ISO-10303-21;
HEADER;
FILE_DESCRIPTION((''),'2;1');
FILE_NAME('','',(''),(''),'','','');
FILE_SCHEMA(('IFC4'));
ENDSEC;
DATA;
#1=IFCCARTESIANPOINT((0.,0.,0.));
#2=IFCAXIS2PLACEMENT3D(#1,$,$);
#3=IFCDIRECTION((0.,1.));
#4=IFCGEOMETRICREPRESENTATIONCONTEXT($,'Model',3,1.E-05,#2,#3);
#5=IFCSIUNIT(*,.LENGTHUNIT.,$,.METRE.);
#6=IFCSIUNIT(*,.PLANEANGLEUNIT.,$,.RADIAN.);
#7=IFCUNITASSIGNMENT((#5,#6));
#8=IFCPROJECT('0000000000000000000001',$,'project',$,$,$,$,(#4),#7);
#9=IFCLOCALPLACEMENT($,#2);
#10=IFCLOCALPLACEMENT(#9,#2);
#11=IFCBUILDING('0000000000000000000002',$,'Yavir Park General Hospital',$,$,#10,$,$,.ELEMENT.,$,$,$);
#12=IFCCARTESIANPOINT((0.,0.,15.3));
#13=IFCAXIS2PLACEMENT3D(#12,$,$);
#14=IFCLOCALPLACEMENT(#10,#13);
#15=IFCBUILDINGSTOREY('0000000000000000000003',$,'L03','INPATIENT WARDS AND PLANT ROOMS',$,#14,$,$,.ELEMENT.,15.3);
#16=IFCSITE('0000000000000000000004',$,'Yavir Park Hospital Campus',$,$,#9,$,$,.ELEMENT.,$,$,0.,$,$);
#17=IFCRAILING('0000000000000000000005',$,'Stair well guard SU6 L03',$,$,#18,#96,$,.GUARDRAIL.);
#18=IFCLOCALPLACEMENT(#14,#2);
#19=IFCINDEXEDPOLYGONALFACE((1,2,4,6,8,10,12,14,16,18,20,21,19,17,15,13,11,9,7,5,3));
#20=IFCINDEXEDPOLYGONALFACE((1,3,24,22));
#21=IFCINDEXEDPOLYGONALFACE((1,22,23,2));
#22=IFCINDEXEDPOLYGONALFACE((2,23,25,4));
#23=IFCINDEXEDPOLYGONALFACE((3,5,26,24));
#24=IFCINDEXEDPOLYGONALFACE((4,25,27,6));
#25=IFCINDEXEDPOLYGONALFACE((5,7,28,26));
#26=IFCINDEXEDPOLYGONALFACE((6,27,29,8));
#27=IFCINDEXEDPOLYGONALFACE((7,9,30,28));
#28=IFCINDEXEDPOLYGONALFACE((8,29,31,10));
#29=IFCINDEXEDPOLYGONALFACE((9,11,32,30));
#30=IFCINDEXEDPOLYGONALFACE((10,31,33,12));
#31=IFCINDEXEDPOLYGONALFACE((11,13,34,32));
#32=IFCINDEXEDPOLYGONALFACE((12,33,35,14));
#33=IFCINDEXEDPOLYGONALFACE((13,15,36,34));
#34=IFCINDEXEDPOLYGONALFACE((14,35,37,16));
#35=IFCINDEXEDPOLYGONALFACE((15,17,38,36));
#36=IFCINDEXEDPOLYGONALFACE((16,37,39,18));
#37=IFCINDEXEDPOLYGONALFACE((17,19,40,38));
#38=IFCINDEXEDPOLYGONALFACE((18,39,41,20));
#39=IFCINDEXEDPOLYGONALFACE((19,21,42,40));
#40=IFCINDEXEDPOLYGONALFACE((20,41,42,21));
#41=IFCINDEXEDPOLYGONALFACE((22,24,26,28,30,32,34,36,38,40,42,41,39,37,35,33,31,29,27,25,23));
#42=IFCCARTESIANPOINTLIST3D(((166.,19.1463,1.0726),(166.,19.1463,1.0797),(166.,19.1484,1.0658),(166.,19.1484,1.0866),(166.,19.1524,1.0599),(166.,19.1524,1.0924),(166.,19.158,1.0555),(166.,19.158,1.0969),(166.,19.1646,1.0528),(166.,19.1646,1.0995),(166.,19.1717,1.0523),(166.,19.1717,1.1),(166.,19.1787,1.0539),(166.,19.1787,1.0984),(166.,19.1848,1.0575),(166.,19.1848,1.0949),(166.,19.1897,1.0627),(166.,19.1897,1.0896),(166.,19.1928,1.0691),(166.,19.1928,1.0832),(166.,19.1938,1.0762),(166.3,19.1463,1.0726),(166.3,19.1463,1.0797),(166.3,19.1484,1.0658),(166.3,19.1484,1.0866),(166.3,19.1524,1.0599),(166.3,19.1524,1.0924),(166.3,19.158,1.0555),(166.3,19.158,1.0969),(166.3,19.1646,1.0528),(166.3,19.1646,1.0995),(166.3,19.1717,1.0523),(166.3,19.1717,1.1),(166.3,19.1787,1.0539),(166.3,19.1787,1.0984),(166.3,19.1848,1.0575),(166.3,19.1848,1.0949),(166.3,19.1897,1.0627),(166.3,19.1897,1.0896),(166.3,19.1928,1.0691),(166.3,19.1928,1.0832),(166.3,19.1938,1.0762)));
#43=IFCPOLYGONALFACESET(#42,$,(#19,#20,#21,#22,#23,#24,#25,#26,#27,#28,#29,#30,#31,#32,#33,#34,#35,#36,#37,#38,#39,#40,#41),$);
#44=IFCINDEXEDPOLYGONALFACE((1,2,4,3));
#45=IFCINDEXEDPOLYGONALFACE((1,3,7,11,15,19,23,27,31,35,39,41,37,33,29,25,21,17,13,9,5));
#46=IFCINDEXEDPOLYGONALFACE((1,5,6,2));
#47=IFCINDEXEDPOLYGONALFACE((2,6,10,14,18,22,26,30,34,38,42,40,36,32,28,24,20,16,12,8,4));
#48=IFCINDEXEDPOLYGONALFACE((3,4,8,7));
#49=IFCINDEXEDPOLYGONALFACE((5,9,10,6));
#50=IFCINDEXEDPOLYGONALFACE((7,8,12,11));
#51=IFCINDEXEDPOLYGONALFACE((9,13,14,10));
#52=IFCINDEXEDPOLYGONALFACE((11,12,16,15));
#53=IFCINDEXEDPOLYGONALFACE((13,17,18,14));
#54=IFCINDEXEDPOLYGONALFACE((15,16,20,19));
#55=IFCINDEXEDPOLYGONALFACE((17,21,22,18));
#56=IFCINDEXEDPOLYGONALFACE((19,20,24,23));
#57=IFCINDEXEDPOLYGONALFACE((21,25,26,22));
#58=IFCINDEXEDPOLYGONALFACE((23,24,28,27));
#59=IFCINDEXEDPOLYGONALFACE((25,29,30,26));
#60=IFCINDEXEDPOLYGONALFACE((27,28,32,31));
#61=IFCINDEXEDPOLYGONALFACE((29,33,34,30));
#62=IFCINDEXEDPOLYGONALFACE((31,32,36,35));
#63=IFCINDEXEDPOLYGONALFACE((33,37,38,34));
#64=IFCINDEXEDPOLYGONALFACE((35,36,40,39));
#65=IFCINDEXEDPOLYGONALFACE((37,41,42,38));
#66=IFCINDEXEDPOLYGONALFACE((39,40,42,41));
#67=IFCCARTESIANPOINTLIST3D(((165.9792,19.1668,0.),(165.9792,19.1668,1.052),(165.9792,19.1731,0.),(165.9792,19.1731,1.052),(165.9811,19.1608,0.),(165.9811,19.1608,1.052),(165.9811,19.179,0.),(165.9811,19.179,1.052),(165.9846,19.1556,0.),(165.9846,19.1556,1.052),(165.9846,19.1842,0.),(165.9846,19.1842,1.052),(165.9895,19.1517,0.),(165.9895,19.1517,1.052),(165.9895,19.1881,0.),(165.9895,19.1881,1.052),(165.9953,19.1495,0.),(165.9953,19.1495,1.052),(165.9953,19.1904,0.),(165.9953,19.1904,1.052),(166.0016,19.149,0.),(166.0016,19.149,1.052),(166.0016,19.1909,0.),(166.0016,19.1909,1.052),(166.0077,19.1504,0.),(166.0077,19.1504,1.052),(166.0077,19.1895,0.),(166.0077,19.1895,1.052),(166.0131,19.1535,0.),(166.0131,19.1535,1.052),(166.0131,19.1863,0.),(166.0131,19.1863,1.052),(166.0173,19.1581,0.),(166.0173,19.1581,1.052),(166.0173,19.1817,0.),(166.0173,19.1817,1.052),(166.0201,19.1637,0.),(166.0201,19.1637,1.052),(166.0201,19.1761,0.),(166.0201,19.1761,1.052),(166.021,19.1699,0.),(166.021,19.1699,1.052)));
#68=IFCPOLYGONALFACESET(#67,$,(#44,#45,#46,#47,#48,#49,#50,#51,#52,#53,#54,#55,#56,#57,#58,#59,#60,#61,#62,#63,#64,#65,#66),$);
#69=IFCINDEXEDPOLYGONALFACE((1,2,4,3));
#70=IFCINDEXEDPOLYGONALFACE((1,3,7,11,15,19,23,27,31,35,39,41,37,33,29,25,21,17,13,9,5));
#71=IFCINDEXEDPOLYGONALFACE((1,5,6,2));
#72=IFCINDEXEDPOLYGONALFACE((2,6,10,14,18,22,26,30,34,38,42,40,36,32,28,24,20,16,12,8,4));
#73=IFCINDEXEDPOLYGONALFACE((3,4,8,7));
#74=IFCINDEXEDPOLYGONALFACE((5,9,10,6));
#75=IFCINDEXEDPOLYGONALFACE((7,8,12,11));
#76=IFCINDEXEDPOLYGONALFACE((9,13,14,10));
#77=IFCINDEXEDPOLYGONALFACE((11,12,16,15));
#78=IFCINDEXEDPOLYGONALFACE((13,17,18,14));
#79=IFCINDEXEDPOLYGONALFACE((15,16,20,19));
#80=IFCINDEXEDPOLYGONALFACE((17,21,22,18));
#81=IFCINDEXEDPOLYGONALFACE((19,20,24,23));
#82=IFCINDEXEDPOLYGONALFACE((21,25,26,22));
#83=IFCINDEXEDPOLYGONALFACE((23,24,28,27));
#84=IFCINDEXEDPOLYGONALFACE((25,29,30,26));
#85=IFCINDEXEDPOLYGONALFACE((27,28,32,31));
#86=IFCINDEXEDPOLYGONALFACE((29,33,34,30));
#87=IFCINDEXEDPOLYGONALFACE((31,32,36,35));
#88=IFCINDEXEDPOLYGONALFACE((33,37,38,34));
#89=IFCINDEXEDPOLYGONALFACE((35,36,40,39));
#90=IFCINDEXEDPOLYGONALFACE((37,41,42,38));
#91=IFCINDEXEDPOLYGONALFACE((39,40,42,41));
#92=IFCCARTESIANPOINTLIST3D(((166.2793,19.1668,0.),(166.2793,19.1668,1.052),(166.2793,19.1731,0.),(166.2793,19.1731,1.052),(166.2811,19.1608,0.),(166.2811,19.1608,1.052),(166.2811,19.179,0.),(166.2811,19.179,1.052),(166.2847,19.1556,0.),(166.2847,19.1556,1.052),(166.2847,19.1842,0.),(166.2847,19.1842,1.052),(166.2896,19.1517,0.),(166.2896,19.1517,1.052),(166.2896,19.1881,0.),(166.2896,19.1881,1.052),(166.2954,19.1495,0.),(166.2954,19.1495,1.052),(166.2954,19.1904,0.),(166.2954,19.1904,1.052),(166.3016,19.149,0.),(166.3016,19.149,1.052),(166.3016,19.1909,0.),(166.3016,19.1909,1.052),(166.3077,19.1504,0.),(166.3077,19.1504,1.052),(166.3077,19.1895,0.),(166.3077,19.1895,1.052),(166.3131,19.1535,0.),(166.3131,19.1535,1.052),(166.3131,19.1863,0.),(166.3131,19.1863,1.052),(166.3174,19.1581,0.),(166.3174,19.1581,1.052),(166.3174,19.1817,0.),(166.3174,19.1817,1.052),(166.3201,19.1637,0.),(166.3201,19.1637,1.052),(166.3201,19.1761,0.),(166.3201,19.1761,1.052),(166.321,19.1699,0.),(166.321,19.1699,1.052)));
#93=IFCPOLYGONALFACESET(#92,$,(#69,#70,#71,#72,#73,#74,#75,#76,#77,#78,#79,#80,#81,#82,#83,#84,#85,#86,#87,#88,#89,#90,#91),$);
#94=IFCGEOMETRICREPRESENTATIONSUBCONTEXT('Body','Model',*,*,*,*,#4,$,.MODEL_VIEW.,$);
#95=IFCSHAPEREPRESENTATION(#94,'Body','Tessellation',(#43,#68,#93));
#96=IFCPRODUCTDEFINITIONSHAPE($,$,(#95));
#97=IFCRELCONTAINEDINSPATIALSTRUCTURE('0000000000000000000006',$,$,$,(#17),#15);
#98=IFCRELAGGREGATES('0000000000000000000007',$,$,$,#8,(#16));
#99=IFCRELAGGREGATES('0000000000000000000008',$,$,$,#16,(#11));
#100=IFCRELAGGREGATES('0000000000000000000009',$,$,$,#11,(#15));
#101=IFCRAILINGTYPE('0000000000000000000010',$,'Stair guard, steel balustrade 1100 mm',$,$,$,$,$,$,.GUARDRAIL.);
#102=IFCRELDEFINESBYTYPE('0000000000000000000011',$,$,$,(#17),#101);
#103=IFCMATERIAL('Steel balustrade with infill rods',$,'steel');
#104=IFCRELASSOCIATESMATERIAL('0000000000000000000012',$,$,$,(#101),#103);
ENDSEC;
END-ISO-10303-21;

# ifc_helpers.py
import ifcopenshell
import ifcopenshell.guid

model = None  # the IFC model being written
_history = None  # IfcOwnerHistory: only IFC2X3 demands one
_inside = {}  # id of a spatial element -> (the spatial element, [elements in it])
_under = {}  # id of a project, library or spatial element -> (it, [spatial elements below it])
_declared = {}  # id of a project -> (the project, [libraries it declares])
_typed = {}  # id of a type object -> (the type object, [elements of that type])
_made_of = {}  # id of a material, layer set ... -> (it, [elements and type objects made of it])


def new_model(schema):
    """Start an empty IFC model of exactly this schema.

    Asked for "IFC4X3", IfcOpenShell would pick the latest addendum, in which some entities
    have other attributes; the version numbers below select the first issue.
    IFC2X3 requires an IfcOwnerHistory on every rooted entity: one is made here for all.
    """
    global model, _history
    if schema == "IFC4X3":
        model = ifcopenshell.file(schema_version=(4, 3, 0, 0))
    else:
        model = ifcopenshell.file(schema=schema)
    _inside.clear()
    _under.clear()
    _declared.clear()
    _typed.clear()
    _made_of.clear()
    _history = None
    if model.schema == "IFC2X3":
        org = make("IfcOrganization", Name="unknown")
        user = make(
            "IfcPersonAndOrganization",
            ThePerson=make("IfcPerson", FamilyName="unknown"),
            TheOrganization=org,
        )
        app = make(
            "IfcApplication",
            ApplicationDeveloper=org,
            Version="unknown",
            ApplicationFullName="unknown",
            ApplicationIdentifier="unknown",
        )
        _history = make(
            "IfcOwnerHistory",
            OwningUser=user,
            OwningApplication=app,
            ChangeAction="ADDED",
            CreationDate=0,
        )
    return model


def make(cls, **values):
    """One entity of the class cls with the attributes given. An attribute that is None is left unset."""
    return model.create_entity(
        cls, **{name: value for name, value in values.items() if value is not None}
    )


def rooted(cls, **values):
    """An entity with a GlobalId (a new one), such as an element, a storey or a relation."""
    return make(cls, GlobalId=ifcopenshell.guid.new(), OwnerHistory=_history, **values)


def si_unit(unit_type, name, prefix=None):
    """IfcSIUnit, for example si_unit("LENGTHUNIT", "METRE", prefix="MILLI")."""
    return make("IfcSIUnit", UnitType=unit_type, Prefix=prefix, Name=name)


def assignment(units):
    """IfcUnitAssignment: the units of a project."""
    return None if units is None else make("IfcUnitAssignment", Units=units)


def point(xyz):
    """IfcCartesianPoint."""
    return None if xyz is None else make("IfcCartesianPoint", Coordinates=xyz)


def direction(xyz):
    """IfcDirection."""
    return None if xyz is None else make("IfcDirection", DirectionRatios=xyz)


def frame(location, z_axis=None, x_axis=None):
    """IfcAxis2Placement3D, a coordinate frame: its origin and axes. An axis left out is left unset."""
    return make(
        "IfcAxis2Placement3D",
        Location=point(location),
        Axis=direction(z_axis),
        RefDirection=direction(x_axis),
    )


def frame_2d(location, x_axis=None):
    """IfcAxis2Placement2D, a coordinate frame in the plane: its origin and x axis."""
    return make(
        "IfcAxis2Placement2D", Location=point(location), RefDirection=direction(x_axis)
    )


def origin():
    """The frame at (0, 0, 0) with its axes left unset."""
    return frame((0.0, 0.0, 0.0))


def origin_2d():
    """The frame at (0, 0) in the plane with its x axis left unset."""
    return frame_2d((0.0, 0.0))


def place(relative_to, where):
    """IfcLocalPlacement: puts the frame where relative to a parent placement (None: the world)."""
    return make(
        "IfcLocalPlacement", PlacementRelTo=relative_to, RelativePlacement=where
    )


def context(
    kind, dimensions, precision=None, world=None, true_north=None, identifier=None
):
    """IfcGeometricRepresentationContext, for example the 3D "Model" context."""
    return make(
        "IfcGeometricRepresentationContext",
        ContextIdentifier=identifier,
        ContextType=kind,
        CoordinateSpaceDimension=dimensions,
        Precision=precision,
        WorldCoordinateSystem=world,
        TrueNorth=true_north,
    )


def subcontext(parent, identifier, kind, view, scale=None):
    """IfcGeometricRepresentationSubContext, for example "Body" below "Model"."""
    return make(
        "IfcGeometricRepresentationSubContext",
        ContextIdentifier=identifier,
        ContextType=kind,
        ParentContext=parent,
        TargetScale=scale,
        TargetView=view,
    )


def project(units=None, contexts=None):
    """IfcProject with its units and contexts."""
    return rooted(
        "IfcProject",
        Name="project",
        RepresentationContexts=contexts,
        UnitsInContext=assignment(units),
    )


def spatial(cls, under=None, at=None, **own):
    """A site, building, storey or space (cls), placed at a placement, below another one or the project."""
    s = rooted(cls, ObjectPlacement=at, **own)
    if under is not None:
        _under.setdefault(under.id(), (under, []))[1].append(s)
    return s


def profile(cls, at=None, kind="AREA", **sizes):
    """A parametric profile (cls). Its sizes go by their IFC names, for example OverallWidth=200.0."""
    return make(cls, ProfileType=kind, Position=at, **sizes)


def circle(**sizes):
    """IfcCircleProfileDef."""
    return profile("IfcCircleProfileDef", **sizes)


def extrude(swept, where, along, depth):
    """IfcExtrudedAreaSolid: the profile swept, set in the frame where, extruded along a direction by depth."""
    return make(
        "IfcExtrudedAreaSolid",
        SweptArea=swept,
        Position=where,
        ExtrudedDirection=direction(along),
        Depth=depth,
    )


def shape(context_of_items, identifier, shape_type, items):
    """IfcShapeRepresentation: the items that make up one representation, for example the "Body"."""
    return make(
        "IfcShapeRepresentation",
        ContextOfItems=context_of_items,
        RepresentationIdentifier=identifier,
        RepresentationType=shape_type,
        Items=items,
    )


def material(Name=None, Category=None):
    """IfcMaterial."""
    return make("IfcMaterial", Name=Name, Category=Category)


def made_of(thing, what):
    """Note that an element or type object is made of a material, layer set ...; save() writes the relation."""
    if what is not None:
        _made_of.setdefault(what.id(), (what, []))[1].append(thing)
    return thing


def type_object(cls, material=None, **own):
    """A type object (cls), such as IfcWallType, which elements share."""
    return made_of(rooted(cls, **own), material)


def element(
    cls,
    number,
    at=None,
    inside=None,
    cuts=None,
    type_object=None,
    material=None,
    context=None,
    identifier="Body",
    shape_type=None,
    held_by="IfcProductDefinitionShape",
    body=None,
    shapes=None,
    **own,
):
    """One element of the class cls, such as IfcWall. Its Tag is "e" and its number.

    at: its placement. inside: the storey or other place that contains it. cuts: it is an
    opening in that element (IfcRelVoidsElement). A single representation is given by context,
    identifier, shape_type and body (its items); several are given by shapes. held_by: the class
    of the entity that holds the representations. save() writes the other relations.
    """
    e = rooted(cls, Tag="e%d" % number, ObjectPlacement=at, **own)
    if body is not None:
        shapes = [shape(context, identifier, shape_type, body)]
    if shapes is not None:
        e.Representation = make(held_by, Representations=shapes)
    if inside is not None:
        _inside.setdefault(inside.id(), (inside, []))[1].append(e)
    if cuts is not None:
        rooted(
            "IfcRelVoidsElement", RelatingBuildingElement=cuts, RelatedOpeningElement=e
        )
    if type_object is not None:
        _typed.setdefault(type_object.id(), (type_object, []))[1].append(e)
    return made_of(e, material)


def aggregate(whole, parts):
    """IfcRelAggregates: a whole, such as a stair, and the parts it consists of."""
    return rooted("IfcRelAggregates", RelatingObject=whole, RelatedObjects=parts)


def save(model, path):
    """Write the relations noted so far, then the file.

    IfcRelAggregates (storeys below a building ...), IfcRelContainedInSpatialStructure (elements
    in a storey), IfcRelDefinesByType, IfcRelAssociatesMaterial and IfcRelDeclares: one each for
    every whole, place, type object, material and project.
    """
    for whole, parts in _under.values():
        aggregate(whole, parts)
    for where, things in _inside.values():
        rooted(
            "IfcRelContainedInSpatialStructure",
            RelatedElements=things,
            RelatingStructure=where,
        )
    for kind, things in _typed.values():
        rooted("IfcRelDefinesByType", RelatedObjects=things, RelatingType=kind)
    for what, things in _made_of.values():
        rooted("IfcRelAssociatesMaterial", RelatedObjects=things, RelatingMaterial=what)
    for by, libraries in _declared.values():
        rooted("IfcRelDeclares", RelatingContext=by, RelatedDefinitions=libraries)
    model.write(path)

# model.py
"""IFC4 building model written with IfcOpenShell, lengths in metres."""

from ifc_helpers import new_model, si_unit, direction, frame, origin, origin_2d, place, context, subcontext, project, spatial, circle, extrude, material, type_object, element, save


model = new_model("IFC4")

# Units and contexts
model_context = context("Model", 3, precision=1e-05, world=origin(), true_north=direction((0.0, 1.0)))
body_context = subcontext(model_context, "Body", "Model", "MODEL_VIEW")
ifc_project = project(units=[si_unit("LENGTHUNIT", "METRE"), si_unit("PLANEANGLEUNIT", "RADIAN")], contexts=[model_context])

# Site, building, storey
site_placement = place(None, origin())
site = spatial("IfcSite", under=ifc_project, at=site_placement, Name="Yavir Park Hospital Campus", CompositionType="ELEMENT", RefElevation=0.0)
building_placement = place(site_placement, origin())
building = spatial("IfcBuilding", under=site, at=building_placement, Name="Yavir Park General Hospital", CompositionType="ELEMENT")
storey_placement = place(building_placement, frame((0.0, 0.0, 15.3)))
storey = spatial("IfcBuildingStorey", under=building, at=storey_placement, Name="L03", Description="INPATIENT WARDS AND PLANT ROOMS", CompositionType="ELEMENT", Elevation=15.3)

# Railing
ifc_material_1 = material(Name="Steel balustrade with infill rods", Category="steel")
railing_type_1 = type_object("IfcRailingType", Name="Stair guard, steel balustrade 1100 mm", PredefinedType="GUARDRAIL", material=ifc_material_1)
railing_placement = place(storey_placement, frame((166.0, 19.1699, 0.0)))
element("IfcRailing", 1, at=railing_placement, inside=storey, type_object=railing_type_1, Name="Stair well guard SU6 L03", PredefinedType="GUARDRAIL", context=body_context, shape_type="SweptSolid", body=[
    extrude(circle(Radius=0.0239, at=origin_2d()), frame((0.0, 0.0, 1.0762), z_axis=(1.0, 0.0, 0.0), x_axis=(0.0, 1.0, 0.0)), (0.0, 0.0, 1.0), 0.3),
    extrude(circle(Radius=0.021, at=origin_2d()), origin(), (0.0, 0.0, 1.0), 1.052),
    extrude(circle(Radius=0.021, at=origin_2d()), frame((0.3, 0.0, 0.0)), (0.0, 0.0, 1.0), 1.052),
])

save(model, "model.ifc")
